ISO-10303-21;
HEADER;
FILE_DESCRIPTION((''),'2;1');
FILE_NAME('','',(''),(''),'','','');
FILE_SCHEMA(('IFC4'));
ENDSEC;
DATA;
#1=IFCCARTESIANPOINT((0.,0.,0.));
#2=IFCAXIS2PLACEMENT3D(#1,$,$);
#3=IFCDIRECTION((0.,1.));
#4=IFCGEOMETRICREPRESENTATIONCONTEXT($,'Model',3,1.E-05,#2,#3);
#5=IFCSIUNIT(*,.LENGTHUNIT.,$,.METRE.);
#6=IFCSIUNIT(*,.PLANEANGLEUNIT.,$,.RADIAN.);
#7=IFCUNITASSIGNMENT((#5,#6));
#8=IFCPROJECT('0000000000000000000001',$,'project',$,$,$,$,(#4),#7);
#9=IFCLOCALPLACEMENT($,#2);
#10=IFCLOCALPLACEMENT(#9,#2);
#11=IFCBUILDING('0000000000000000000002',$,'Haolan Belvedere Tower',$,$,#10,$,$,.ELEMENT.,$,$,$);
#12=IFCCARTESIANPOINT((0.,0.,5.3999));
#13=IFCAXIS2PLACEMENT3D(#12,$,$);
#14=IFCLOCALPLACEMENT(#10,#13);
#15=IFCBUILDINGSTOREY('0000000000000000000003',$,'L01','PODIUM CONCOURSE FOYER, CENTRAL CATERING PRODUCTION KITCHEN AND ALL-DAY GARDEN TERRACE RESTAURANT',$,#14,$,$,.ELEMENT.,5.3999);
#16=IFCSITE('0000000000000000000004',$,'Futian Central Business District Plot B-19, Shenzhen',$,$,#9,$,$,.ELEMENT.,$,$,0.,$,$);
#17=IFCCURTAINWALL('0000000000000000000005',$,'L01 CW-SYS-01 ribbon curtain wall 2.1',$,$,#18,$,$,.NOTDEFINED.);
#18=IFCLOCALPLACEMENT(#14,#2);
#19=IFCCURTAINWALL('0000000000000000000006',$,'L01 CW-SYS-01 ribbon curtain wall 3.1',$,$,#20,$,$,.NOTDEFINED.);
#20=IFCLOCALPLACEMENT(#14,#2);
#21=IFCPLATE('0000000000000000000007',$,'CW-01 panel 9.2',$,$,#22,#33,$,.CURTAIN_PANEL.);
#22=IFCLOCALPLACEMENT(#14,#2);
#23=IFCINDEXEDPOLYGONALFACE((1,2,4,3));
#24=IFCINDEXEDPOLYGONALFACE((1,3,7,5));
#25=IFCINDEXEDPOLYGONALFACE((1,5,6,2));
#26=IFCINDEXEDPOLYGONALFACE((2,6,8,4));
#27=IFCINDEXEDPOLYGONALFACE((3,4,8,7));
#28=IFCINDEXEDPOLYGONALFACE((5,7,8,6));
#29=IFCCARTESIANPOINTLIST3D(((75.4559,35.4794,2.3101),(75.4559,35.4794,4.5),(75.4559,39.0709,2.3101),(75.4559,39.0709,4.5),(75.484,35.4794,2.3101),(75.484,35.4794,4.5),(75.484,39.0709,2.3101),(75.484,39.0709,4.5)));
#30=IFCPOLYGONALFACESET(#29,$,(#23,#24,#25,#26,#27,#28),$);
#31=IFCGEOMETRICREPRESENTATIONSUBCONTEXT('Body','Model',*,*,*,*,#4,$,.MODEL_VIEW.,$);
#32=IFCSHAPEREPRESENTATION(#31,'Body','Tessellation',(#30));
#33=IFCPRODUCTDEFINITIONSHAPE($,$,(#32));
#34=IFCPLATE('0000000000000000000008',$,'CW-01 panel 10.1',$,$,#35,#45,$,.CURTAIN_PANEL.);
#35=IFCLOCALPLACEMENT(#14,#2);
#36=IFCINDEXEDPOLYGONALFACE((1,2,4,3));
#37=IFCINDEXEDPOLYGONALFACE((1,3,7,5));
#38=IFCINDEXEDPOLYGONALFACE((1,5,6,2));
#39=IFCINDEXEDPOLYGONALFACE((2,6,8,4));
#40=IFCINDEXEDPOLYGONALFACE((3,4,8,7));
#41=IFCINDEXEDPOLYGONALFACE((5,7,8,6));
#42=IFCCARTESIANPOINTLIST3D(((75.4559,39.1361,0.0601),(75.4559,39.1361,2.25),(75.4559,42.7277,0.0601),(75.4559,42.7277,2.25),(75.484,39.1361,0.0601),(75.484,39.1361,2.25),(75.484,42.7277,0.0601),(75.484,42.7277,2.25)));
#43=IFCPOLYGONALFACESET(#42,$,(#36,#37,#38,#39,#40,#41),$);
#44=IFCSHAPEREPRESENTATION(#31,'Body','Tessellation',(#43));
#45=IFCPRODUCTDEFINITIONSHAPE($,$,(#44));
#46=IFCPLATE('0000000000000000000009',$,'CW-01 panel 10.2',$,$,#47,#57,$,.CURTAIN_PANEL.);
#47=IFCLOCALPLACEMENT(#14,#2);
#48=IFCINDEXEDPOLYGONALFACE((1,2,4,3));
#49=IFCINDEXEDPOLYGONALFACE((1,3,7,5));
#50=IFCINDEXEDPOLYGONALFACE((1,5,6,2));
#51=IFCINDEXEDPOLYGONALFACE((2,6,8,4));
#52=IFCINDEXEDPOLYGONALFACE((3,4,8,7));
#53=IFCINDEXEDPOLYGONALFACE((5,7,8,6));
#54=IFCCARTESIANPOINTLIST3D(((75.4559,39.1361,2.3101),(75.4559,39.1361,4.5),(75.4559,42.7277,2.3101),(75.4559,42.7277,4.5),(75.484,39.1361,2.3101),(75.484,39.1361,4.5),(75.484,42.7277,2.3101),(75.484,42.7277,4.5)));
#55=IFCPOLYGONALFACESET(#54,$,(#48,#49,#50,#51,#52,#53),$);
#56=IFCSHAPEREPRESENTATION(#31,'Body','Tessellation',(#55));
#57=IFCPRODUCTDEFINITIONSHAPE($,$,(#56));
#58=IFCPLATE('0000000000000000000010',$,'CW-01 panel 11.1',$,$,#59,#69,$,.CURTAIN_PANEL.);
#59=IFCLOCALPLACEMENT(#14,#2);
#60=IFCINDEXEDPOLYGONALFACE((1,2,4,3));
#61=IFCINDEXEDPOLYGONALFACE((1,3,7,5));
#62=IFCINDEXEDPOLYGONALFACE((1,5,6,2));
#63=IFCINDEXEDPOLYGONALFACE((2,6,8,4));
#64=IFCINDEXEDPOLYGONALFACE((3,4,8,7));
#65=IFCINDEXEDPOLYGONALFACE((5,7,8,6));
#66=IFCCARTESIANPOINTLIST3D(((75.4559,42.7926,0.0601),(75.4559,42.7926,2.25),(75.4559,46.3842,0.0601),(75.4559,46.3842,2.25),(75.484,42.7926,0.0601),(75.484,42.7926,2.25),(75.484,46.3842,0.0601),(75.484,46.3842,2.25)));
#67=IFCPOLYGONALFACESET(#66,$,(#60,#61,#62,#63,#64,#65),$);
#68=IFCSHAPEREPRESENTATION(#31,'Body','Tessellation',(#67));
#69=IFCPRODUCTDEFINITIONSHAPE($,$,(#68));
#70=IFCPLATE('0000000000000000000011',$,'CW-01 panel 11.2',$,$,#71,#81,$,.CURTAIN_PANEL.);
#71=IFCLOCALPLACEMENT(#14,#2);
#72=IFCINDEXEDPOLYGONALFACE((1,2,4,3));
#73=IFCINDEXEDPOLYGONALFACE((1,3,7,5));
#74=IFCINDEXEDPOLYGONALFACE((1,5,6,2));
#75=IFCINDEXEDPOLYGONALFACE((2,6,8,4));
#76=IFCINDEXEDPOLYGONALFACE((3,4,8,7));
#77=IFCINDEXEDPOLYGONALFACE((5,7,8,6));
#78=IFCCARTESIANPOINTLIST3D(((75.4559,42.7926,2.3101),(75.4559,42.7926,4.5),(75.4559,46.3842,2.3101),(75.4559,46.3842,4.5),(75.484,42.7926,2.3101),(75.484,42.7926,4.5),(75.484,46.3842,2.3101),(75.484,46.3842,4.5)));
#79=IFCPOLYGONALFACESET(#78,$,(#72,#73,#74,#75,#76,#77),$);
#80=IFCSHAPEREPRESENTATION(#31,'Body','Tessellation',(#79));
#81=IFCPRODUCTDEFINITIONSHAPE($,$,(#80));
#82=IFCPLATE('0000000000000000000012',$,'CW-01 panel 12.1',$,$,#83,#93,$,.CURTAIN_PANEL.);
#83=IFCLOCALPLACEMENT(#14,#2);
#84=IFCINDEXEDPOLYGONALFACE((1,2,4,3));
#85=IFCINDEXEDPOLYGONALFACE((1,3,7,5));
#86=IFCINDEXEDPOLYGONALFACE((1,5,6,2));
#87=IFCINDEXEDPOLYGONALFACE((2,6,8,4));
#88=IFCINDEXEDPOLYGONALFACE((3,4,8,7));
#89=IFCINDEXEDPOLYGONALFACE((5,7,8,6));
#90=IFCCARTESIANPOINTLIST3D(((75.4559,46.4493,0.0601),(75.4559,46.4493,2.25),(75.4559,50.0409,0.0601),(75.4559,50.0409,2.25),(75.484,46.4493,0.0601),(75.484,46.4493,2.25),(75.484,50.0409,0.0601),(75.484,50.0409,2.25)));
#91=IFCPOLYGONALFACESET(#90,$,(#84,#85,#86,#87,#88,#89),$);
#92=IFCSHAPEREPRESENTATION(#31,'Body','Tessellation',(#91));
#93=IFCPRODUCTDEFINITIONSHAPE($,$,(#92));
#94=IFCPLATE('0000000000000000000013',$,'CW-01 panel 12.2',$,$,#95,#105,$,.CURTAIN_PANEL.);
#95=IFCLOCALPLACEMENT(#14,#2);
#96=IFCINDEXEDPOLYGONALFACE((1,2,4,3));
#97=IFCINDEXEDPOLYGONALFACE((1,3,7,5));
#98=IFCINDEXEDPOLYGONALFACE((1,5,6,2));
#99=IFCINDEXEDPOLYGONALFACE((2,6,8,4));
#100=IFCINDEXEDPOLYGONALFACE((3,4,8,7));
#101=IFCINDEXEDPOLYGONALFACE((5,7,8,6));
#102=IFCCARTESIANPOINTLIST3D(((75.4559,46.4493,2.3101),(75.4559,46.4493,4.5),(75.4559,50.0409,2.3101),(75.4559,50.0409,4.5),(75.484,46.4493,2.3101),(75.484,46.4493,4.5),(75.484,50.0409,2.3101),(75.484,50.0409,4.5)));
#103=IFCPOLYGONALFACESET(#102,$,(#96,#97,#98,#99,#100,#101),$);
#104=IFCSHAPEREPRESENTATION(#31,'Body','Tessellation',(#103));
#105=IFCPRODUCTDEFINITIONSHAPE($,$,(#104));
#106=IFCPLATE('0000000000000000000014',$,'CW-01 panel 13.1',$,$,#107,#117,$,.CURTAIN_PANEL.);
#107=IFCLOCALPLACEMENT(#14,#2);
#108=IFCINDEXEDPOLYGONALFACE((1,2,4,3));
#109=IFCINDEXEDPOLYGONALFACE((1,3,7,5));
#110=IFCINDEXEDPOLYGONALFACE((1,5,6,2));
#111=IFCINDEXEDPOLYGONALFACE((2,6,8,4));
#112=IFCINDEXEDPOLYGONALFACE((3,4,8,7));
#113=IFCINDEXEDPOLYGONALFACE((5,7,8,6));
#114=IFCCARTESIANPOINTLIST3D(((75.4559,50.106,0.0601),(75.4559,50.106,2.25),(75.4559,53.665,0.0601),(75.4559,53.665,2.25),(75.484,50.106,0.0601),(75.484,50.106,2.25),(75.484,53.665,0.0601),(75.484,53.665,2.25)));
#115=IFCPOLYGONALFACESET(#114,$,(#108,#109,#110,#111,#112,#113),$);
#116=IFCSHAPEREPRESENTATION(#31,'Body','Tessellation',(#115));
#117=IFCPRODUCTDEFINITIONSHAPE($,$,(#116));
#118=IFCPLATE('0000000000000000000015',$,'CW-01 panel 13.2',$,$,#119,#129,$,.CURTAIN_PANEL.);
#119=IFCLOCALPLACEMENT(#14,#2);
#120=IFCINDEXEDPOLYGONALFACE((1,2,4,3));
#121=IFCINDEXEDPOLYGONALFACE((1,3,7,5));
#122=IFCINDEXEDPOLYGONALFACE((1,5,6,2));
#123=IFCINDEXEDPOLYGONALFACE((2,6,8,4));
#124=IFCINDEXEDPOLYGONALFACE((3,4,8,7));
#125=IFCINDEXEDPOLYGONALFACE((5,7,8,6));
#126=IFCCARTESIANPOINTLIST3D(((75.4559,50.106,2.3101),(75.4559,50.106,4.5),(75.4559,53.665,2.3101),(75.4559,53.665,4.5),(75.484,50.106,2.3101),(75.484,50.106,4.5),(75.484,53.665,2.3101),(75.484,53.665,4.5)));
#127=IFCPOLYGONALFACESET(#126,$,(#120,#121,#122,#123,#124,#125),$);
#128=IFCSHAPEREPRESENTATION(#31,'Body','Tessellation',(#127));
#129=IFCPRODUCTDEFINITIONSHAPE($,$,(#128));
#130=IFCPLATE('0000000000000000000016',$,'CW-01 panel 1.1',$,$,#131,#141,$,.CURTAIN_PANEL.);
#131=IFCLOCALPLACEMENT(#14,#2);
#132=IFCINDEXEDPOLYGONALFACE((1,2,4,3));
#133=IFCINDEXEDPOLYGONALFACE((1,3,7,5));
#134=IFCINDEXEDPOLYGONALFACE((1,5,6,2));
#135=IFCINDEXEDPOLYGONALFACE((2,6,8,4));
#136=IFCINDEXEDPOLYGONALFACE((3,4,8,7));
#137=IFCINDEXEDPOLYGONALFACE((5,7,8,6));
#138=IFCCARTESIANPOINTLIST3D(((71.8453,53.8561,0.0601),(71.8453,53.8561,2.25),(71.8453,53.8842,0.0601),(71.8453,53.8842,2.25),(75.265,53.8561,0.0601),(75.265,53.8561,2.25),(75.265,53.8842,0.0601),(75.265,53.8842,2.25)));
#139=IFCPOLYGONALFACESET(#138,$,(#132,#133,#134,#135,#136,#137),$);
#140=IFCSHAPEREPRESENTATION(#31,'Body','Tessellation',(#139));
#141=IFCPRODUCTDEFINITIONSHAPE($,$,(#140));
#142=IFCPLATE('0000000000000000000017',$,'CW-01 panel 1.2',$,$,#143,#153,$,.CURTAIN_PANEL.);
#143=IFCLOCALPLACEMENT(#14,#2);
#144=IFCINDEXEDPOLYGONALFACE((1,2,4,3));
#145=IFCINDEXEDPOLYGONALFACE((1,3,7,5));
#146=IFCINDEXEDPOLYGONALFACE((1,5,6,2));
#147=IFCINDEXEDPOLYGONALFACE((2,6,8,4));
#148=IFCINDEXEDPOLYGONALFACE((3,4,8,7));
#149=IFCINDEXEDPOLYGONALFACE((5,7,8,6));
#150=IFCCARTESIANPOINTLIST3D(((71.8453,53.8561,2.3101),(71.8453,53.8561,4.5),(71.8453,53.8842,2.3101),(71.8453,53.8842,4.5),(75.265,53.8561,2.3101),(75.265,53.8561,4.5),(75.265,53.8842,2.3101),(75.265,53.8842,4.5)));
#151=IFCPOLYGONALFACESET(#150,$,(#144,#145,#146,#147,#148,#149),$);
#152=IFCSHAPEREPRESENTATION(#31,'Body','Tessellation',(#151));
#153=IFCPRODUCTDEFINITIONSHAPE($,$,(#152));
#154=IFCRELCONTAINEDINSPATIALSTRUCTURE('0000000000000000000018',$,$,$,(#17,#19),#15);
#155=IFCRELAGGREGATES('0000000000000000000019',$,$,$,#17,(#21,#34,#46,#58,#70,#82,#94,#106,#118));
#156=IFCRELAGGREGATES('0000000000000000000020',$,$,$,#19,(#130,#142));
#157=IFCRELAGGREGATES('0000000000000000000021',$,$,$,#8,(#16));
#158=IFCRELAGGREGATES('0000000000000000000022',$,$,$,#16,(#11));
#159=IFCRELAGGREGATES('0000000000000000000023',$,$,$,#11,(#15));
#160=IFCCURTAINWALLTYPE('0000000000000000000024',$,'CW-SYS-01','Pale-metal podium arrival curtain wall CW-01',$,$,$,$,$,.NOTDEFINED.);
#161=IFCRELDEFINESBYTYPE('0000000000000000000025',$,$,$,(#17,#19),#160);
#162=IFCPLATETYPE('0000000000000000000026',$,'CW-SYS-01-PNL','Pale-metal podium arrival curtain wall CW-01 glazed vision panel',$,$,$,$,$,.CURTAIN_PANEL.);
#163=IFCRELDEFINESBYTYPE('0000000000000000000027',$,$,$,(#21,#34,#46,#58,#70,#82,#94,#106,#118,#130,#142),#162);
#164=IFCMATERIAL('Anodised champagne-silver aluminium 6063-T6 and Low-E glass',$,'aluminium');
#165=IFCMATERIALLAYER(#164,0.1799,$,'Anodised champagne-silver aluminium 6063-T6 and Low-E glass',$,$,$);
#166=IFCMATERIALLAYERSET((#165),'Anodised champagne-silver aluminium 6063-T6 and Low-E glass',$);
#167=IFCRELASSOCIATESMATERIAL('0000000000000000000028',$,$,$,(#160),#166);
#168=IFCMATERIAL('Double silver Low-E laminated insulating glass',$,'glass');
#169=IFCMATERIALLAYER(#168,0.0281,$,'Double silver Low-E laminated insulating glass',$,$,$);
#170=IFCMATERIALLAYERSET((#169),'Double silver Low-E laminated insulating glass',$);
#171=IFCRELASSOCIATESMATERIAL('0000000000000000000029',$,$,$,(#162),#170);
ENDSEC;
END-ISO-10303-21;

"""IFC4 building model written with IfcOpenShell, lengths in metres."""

from ifc_helpers import new_model, si_unit, direction, frame, origin, origin_2d, place, context, subcontext, project, spatial, rectangle, extrude, material, layer, layer_set, type_object, element, aggregate, save


model = new_model("IFC4")

# Units and contexts
model_context = context("Model", 3, precision=1e-05, world=origin(), true_north=direction((0.0, 1.0)))
body_context = subcontext(model_context, "Body", "Model", "MODEL_VIEW")
ifc_project = project(units=[si_unit("LENGTHUNIT", "METRE"), si_unit("PLANEANGLEUNIT", "RADIAN")], contexts=[model_context])

# Site, building, storey
site_placement = place(None, origin())
site = spatial("IfcSite", under=ifc_project, at=site_placement, Name="Futian Central Business District Plot B-19, Shenzhen", CompositionType="ELEMENT", RefElevation=0.0)
building_placement = place(site_placement, origin())
building = spatial("IfcBuilding", under=site, at=building_placement, Name="Haolan Belvedere Tower", CompositionType="ELEMENT")
storey_placement = place(building_placement, frame((0.0, 0.0, 5.3999)))
storey = spatial("IfcBuildingStorey", under=building, at=storey_placement, Name="L01", Description="PODIUM CONCOURSE FOYER, CENTRAL CATERING PRODUCTION KITCHEN AND ALL-DAY GARDEN TERRACE RESTAURANT", CompositionType="ELEMENT", Elevation=5.3999)

# Curtain wall
ifc_material_1 = material(Name="Anodised champagne-silver aluminium 6063-T6 and Low-E glass", Category="aluminium")
ifc_layer_1 = layer(ifc_material_1, 0.1799, Name="Anodised champagne-silver aluminium 6063-T6 and Low-E glass")
ifc_layer_set_1 = layer_set([ifc_layer_1], Name="Anodised champagne-silver aluminium 6063-T6 and Low-E glass")
curtain_wall_type = type_object("IfcCurtainWallType", Name="CW-SYS-01", Description="Pale-metal podium arrival curtain wall CW-01", PredefinedType="NOTDEFINED", material=ifc_layer_set_1)
curtain_wall_1_placement = place(storey_placement, origin())
curtain_wall_1 = element("IfcCurtainWall", 1, at=curtain_wall_1_placement, inside=storey, type_object=curtain_wall_type, Name="L01 CW-SYS-01 ribbon curtain wall 2.1", PredefinedType="NOTDEFINED")

# Curtain wall
curtain_wall_2_placement = place(storey_placement, origin())
curtain_wall_2 = element("IfcCurtainWall", 2, at=curtain_wall_2_placement, inside=storey, type_object=curtain_wall_type, Name="L01 CW-SYS-01 ribbon curtain wall 3.1", PredefinedType="NOTDEFINED")

# Plates
ifc_material_2 = material(Name="Double silver Low-E laminated insulating glass", Category="glass")
ifc_layer_2 = layer(ifc_material_2, 0.0281, Name="Double silver Low-E laminated insulating glass")
ifc_layer_set_2 = layer_set([ifc_layer_2], Name="Double silver Low-E laminated insulating glass")
plate_type = type_object("IfcPlateType", Name="CW-SYS-01-PNL", Description="Pale-metal podium arrival curtain wall CW-01 glazed vision panel", PredefinedType="CURTAIN_PANEL", material=ifc_layer_set_2)
plate_1_placement = place(storey_placement, frame((75.47, 37.2751, 2.3101), z_axis=(0.0, 0.0, 1.0), x_axis=(0.0, 1.0, 0.0)))
plate_1 = element("IfcPlate", 3, at=plate_1_placement, type_object=plate_type, Name="CW-01 panel 9.2", PredefinedType="CURTAIN_PANEL", context=body_context, shape_type="SweptSolid", body=[
    extrude(rectangle(XDim=3.5916, YDim=0.0281, at=origin_2d()), origin(), (0.0, 0.0, 1.0), 2.1899),
])
plate_2_placement = place(storey_placement, frame((75.47, 40.9319, 0.0601), z_axis=(0.0, 0.0, 1.0), x_axis=(0.0, 1.0, 0.0)))
plate_2 = element("IfcPlate", 4, at=plate_2_placement, type_object=plate_type, Name="CW-01 panel 10.1", PredefinedType="CURTAIN_PANEL", context=body_context, shape_type="SweptSolid", body=[
    extrude(rectangle(XDim=3.5916, YDim=0.0281, at=origin_2d()), origin(), (0.0, 0.0, 1.0), 2.1899),
])
plate_3_placement = place(storey_placement, frame((75.47, 40.9319, 2.3101), z_axis=(0.0, 0.0, 1.0), x_axis=(0.0, 1.0, 0.0)))
plate_3 = element("IfcPlate", 5, at=plate_3_placement, type_object=plate_type, Name="CW-01 panel 10.2", PredefinedType="CURTAIN_PANEL", context=body_context, shape_type="SweptSolid", body=[
    extrude(rectangle(XDim=3.5916, YDim=0.0281, at=origin_2d()), origin(), (0.0, 0.0, 1.0), 2.1899),
])
plate_4_placement = place(storey_placement, frame((75.47, 44.5884, 0.0601), z_axis=(0.0, 0.0, 1.0), x_axis=(0.0, 1.0, 0.0)))
plate_4 = element("IfcPlate", 6, at=plate_4_placement, type_object=plate_type, Name="CW-01 panel 11.1", PredefinedType="CURTAIN_PANEL", context=body_context, shape_type="SweptSolid", body=[
    extrude(rectangle(XDim=3.5916, YDim=0.0281, at=origin_2d()), origin(), (0.0, 0.0, 1.0), 2.1899),
])
plate_5_placement = place(storey_placement, frame((75.47, 44.5884, 2.3101), z_axis=(0.0, 0.0, 1.0), x_axis=(0.0, 1.0, 0.0)))
plate_5 = element("IfcPlate", 7, at=plate_5_placement, type_object=plate_type, Name="CW-01 panel 11.2", PredefinedType="CURTAIN_PANEL", context=body_context, shape_type="SweptSolid", body=[
    extrude(rectangle(XDim=3.5916, YDim=0.0281, at=origin_2d()), origin(), (0.0, 0.0, 1.0), 2.1899),
])
plate_6_placement = place(storey_placement, frame((75.47, 48.2451, 0.0601), z_axis=(0.0, 0.0, 1.0), x_axis=(0.0, 1.0, 0.0)))
plate_6 = element("IfcPlate", 8, at=plate_6_placement, type_object=plate_type, Name="CW-01 panel 12.1", PredefinedType="CURTAIN_PANEL", context=body_context, shape_type="SweptSolid", body=[
    extrude(rectangle(XDim=3.5916, YDim=0.0281, at=origin_2d()), origin(), (0.0, 0.0, 1.0), 2.1899),
])
plate_7_placement = place(storey_placement, frame((75.47, 48.2451, 2.3101), z_axis=(0.0, 0.0, 1.0), x_axis=(0.0, 1.0, 0.0)))
plate_7 = element("IfcPlate", 9, at=plate_7_placement, type_object=plate_type, Name="CW-01 panel 12.2", PredefinedType="CURTAIN_PANEL", context=body_context, shape_type="SweptSolid", body=[
    extrude(rectangle(XDim=3.5916, YDim=0.0281, at=origin_2d()), origin(), (0.0, 0.0, 1.0), 2.1899),
])
plate_8_placement = place(storey_placement, frame((75.47, 51.8855, 0.0601), z_axis=(0.0, 0.0, 1.0), x_axis=(0.0, 1.0, 0.0)))
plate_8 = element("IfcPlate", 10, at=plate_8_placement, type_object=plate_type, Name="CW-01 panel 13.1", PredefinedType="CURTAIN_PANEL", context=body_context, shape_type="SweptSolid", body=[
    extrude(rectangle(XDim=3.5591, YDim=0.0281, at=origin_2d()), origin(), (0.0, 0.0, 1.0), 2.1899),
])
plate_9_placement = place(storey_placement, frame((75.47, 51.8855, 2.3101), z_axis=(0.0, 0.0, 1.0), x_axis=(0.0, 1.0, 0.0)))
plate_9 = element("IfcPlate", 11, at=plate_9_placement, type_object=plate_type, Name="CW-01 panel 13.2", PredefinedType="CURTAIN_PANEL", context=body_context, shape_type="SweptSolid", body=[
    extrude(rectangle(XDim=3.5591, YDim=0.0281, at=origin_2d()), origin(), (0.0, 0.0, 1.0), 2.1899),
])
aggregate(curtain_wall_1, [plate_1, plate_2, plate_3, plate_4, plate_5, plate_6, plate_7, plate_8, plate_9])
plate_10_placement = place(storey_placement, frame((73.5552, 53.8701, 0.0601), z_axis=(0.0, 0.0, 1.0), x_axis=(-1.0, 0.0, 0.0)))
plate_10 = element("IfcPlate", 12, at=plate_10_placement, type_object=plate_type, Name="CW-01 panel 1.1", PredefinedType="CURTAIN_PANEL", context=body_context, shape_type="SweptSolid", body=[
    extrude(rectangle(XDim=3.4197, YDim=0.0281, at=origin_2d()), origin(), (0.0, 0.0, 1.0), 2.1899),
])
plate_11_placement = place(storey_placement, frame((73.5552, 53.8701, 2.3101), z_axis=(0.0, 0.0, 1.0), x_axis=(-1.0, 0.0, 0.0)))
plate_11 = element("IfcPlate", 13, at=plate_11_placement, type_object=plate_type, Name="CW-01 panel 1.2", PredefinedType="CURTAIN_PANEL", context=body_context, shape_type="SweptSolid", body=[
    extrude(rectangle(XDim=3.4197, YDim=0.0281, at=origin_2d()), origin(), (0.0, 0.0, 1.0), 2.1899),
])
aggregate(curtain_wall_2, [plate_10, plate_11])

save(model, "model.ifc")
